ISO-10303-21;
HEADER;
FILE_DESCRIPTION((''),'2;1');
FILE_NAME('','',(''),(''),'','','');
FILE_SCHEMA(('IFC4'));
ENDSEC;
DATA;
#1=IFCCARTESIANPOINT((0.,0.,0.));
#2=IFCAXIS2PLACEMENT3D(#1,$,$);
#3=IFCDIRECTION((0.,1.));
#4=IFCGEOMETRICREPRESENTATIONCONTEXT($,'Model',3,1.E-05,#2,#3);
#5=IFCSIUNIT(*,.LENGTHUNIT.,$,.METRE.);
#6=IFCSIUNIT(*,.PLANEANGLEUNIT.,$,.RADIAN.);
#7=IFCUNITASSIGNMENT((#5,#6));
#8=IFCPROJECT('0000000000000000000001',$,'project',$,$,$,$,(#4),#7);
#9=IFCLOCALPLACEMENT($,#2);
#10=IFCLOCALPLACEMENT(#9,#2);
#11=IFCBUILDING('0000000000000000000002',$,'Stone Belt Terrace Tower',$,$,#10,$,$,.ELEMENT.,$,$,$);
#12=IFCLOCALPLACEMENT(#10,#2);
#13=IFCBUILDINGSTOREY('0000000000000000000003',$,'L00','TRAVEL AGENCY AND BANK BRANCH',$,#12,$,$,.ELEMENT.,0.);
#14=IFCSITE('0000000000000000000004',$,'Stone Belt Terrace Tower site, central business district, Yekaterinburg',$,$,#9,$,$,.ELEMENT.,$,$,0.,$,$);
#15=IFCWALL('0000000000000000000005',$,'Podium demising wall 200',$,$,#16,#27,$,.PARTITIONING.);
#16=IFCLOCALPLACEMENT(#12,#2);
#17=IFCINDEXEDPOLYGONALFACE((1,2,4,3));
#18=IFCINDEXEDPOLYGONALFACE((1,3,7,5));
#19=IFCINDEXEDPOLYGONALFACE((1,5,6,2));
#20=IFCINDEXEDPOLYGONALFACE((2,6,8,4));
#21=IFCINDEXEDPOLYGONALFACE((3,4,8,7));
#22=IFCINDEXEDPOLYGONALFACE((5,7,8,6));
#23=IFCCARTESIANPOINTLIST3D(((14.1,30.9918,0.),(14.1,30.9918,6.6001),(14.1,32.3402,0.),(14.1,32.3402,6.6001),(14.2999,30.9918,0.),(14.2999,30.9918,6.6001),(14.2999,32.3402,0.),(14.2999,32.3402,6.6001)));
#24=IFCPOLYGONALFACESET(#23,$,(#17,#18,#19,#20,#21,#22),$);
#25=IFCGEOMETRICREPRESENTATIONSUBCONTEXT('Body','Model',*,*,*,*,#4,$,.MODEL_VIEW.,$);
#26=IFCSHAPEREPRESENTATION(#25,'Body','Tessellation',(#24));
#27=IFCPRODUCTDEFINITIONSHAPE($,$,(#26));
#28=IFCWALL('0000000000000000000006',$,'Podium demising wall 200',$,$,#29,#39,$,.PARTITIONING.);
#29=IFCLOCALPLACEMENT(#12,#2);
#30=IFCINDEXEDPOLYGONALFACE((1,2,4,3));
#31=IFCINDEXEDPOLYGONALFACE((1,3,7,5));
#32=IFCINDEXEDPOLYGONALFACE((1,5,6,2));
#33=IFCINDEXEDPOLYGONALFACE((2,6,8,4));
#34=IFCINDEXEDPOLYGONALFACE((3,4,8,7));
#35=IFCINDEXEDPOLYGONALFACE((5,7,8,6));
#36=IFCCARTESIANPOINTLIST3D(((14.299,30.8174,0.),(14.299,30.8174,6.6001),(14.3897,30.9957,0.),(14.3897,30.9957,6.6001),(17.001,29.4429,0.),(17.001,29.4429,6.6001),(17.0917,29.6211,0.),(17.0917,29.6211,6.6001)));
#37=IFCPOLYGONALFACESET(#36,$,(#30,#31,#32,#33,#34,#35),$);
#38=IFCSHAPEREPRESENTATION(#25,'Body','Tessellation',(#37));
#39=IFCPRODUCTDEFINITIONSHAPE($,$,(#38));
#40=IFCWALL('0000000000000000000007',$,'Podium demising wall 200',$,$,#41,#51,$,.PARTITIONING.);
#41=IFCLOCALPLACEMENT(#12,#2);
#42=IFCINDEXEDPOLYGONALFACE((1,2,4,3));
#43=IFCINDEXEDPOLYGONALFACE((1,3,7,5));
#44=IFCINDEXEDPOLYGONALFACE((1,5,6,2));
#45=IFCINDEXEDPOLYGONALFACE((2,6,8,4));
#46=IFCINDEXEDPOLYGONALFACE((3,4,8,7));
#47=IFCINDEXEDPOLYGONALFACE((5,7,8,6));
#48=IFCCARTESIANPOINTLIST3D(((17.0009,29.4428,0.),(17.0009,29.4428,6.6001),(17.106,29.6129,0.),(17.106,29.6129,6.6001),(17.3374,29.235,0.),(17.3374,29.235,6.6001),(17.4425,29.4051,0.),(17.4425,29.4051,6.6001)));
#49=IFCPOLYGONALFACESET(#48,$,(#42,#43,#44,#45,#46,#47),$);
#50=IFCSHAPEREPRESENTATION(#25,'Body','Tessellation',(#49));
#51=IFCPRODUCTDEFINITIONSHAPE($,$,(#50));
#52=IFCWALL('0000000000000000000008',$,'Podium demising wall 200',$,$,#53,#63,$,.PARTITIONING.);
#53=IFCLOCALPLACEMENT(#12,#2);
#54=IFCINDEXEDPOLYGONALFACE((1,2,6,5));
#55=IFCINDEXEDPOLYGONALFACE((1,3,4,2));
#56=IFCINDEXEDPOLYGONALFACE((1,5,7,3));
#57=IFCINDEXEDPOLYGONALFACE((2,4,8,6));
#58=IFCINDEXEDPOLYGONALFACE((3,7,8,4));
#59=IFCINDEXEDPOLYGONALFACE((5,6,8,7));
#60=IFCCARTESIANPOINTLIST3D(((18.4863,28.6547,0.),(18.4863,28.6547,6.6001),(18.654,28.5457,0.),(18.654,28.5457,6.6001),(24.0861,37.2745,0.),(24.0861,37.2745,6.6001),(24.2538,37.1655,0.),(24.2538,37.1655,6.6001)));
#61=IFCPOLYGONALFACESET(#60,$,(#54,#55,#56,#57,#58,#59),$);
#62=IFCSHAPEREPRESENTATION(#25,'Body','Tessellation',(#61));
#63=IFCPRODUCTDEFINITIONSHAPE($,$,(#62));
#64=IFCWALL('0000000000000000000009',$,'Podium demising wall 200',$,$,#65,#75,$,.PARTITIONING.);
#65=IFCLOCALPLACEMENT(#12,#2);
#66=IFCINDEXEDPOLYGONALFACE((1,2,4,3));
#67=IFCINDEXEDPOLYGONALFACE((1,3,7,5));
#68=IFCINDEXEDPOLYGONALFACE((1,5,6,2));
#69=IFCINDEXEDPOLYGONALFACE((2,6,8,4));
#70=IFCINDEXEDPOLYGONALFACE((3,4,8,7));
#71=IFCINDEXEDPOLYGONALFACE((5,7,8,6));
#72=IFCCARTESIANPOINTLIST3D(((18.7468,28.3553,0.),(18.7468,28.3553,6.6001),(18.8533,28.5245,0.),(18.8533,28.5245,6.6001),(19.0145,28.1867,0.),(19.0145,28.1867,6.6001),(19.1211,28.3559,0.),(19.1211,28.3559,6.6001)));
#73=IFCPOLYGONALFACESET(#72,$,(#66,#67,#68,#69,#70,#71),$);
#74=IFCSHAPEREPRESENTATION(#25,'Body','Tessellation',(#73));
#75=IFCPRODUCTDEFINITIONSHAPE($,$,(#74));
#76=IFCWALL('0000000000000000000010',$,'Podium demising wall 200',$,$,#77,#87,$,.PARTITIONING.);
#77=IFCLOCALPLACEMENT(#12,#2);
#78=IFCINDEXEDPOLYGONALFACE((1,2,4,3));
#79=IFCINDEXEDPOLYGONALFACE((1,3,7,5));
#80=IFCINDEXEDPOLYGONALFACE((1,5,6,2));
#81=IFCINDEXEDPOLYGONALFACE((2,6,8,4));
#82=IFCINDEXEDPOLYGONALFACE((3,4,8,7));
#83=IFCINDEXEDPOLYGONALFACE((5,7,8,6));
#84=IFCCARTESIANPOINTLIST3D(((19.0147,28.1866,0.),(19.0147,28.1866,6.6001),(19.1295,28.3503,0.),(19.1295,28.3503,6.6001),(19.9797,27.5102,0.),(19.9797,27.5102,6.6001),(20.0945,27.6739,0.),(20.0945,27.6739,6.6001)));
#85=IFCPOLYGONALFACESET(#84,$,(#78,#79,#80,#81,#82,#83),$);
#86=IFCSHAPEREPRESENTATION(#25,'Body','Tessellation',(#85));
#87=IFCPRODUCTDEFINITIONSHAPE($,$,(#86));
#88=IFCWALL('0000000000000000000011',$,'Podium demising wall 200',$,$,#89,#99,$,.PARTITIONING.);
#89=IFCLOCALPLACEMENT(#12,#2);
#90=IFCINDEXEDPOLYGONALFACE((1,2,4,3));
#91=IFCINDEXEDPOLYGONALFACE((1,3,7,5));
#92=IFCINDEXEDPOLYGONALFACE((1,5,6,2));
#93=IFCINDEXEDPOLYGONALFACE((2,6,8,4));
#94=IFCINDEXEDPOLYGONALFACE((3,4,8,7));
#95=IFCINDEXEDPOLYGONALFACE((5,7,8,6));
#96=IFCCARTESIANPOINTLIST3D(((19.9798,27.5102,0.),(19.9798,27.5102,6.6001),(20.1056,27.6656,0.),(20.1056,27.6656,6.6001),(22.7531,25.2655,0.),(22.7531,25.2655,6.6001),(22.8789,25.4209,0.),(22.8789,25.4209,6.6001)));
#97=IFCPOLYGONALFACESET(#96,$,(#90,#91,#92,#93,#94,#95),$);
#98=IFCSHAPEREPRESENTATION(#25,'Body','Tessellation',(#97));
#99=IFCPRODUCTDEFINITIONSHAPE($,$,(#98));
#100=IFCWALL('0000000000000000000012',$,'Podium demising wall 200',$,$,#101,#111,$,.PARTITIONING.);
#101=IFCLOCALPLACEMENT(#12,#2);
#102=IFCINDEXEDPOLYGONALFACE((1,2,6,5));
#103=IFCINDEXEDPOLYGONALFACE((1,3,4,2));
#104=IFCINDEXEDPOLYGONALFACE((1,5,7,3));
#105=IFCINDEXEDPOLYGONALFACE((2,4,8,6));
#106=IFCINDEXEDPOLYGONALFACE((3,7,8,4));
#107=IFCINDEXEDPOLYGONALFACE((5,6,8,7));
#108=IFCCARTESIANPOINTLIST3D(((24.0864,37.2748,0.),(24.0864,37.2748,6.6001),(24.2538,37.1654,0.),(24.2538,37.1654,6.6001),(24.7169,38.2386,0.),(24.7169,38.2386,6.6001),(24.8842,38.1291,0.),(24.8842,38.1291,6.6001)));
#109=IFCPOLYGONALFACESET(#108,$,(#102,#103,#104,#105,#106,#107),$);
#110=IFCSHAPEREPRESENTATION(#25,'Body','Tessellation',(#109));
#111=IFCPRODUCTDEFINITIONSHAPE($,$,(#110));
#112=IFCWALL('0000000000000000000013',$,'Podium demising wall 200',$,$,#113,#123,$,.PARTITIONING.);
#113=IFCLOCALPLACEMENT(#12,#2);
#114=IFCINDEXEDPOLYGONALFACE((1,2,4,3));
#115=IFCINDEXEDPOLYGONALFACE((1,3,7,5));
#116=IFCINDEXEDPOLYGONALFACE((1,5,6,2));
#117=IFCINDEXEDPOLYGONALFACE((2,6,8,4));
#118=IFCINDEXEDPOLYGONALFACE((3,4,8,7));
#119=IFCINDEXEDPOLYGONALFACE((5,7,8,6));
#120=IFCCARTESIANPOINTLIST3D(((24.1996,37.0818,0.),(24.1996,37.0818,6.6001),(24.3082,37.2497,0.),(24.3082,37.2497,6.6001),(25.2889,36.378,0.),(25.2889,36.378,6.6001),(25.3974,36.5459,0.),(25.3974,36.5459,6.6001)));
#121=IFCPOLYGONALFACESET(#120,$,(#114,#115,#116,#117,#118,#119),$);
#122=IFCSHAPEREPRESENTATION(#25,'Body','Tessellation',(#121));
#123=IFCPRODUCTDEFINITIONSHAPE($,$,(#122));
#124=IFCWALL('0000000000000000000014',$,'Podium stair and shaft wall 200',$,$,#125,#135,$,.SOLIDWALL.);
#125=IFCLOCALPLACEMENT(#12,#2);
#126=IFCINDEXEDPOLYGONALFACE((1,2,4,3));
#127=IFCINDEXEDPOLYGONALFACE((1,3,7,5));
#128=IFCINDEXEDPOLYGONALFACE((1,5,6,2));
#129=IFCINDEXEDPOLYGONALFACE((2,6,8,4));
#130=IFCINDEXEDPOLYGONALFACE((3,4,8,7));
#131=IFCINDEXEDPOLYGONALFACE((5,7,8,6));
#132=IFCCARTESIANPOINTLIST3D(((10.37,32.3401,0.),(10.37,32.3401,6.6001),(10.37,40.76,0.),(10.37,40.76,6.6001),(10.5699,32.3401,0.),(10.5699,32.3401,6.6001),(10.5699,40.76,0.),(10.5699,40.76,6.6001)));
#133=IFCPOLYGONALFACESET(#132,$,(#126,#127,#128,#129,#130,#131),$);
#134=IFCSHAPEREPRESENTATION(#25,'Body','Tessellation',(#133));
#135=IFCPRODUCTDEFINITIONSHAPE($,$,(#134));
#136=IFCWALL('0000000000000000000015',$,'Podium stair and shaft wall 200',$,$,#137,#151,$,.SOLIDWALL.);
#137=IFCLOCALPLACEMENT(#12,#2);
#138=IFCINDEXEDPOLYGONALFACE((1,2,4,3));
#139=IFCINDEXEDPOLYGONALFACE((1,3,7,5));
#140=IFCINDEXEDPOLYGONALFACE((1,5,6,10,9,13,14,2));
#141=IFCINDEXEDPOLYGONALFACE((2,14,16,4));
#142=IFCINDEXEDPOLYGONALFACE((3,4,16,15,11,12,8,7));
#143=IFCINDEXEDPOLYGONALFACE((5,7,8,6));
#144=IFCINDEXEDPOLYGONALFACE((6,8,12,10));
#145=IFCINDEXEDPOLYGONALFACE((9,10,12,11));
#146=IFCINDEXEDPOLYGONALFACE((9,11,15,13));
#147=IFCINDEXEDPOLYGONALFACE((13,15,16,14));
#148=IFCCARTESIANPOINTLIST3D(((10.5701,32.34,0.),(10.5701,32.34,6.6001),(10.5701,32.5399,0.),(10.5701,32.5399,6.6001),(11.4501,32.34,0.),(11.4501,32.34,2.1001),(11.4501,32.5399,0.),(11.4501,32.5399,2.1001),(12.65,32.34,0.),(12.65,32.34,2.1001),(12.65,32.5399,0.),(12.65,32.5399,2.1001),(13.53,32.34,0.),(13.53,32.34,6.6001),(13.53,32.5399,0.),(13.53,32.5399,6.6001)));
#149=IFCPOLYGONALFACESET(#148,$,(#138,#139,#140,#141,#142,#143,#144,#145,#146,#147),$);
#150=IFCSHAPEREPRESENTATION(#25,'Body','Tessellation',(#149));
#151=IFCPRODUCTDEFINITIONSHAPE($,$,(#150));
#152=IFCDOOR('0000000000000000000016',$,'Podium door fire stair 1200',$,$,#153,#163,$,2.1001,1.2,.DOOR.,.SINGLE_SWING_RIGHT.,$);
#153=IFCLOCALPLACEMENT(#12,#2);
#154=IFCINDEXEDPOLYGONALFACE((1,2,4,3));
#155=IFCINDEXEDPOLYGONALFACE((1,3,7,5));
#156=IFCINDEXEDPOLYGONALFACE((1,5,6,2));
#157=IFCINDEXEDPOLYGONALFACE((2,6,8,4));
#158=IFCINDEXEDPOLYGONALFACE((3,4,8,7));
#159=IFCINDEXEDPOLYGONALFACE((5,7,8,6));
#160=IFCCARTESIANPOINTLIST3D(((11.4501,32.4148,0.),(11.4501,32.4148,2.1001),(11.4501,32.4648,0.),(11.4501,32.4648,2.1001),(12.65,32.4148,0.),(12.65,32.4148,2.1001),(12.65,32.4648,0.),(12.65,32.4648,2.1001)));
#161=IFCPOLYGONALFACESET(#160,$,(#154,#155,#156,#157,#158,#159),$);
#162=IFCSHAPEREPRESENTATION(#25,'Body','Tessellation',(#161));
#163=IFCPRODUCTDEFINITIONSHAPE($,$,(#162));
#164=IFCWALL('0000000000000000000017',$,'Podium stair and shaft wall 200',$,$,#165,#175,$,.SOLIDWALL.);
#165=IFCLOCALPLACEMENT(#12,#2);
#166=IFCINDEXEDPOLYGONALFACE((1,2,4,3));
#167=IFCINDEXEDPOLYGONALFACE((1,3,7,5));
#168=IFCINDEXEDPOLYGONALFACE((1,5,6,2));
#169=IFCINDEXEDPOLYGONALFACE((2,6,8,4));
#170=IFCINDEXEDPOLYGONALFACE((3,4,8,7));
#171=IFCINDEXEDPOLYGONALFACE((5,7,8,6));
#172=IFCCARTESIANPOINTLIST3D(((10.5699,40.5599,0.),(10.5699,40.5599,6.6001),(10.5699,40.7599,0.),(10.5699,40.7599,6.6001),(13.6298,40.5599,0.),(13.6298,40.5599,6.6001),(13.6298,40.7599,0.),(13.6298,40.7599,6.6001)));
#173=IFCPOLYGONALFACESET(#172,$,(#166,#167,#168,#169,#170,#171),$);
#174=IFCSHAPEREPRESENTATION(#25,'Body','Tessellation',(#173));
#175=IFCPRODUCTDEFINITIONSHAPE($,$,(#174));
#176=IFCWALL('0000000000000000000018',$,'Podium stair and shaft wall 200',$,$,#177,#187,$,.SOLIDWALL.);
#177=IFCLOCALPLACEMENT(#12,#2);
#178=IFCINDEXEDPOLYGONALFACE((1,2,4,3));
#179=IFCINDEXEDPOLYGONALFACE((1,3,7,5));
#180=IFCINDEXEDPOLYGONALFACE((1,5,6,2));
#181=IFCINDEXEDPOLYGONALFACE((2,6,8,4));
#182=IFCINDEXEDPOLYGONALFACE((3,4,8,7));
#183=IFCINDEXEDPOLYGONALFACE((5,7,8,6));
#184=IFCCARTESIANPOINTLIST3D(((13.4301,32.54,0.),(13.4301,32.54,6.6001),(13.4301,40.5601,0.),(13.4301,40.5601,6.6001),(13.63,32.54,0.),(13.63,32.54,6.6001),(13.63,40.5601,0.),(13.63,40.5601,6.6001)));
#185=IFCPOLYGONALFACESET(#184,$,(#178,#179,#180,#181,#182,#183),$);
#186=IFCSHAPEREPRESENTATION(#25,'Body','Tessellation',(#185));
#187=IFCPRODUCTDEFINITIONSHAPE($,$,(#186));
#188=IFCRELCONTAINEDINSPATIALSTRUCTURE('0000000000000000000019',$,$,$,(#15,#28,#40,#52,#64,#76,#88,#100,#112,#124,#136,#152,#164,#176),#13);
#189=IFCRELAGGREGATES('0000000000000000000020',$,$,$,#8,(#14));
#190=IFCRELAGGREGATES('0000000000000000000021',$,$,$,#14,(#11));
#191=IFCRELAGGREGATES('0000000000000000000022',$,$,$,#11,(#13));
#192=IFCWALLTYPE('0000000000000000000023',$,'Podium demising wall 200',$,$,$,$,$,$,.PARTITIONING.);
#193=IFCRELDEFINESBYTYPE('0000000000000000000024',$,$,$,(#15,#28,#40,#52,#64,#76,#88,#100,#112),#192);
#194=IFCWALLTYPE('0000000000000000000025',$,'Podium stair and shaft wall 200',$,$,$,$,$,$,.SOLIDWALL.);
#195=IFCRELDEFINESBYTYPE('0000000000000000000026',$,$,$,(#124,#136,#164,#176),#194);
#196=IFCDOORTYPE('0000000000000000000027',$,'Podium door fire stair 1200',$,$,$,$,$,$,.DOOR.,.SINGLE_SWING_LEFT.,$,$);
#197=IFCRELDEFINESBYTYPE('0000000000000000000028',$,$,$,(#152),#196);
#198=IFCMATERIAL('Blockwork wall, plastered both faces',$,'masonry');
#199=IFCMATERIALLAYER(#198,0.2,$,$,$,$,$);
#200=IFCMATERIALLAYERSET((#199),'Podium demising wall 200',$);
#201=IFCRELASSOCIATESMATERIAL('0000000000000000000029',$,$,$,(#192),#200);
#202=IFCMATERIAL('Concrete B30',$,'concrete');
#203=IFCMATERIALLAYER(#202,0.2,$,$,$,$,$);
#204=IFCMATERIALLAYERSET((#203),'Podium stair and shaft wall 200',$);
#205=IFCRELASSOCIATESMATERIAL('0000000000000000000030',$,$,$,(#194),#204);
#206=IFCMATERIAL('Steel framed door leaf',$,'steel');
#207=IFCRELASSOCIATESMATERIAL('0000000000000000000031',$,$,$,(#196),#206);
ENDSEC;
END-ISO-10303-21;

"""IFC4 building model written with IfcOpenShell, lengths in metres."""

from ifc_helpers import new_model, si_unit, direction, frame, frame_2d, origin, place, context, subcontext, project, spatial, rectangle, extrude, material, layer, layer_set, type_object, element, fill, save


model = new_model("IFC4")

# Units and contexts
model_context = context("Model", 3, precision=1e-05, world=origin(), true_north=direction((0.0, 1.0)))
body_context = subcontext(model_context, "Body", "Model", "MODEL_VIEW")
ifc_project = project(units=[si_unit("LENGTHUNIT", "METRE"), si_unit("PLANEANGLEUNIT", "RADIAN")], contexts=[model_context])

# Site, building, storey
site_placement = place(None, origin())
site = spatial("IfcSite", under=ifc_project, at=site_placement, Name="Stone Belt Terrace Tower site, central business district, Yekaterinburg", CompositionType="ELEMENT", RefElevation=0.0)
building_placement = place(site_placement, origin())
building = spatial("IfcBuilding", under=site, at=building_placement, Name="Stone Belt Terrace Tower", CompositionType="ELEMENT")
storey_placement = place(building_placement, origin())
storey = spatial("IfcBuildingStorey", under=building, at=storey_placement, Name="L00", Description="TRAVEL AGENCY AND BANK BRANCH", CompositionType="ELEMENT", Elevation=0.0)

# Shared definitions
ifc_material_1 = material(Name="Blockwork wall, plastered both faces", Category="masonry")
ifc_layer_1 = layer(ifc_material_1, 0.2)
ifc_layer_set_1 = layer_set([ifc_layer_1], Name="Podium demising wall 200")
wall_type_1 = type_object("IfcWallType", Name="Podium demising wall 200", PredefinedType="PARTITIONING", material=ifc_layer_set_1)

# Walls
wall_1_placement = place(storey_placement, frame((14.2, 30.9917, 0.0), z_axis=(0.0, 0.0, 1.0), x_axis=(0.0, 1.0, 0.0)))
element("IfcWall", 1, at=wall_1_placement, inside=storey, type_object=wall_type_1, Name="Podium demising wall 200", PredefinedType="PARTITIONING", context=body_context, shape_type="SweptSolid", body=[
    extrude(rectangle(XDim=1.3484, YDim=0.2, at=frame_2d((0.6743, 0.0))), origin(), (0.0, 0.0, 1.0), 6.6001),
])
wall_2_placement = place(storey_placement, frame((14.3445, 30.9065, 0.0), z_axis=(0.0, 0.0, 1.0), x_axis=(0.891297, -0.45342, 0.0)))
element("IfcWall", 2, at=wall_2_placement, inside=storey, type_object=wall_type_1, Name="Podium demising wall 200", PredefinedType="PARTITIONING", context=body_context, shape_type="SweptSolid", body=[
    extrude(rectangle(XDim=3.0315, YDim=0.2, at=frame_2d((1.5156, 0.0))), origin(), (0.0, 0.0, 1.0), 6.6001),
])
wall_3_placement = place(storey_placement, frame((17.0535, 29.5278, 0.0), z_axis=(0.0, 0.0, 1.0), x_axis=(0.85083, -0.52544, 0.0)))
element("IfcWall", 3, at=wall_3_placement, inside=storey, type_object=wall_type_1, Name="Podium demising wall 200", PredefinedType="PARTITIONING", context=body_context, shape_type="SweptSolid", body=[
    extrude(rectangle(XDim=0.3955, YDim=0.2, at=frame_2d((0.1978, 0.0))), origin(), (0.0, 0.0, 1.0), 6.6001),
])
wall_4_placement = place(storey_placement, frame((18.5701, 28.6001, 0.0), z_axis=(0.0, 0.0, 1.0), x_axis=(0.544779, 0.83858, 0.0)))
element("IfcWall", 4, at=wall_4_placement, inside=storey, type_object=wall_type_1, Name="Podium demising wall 200", PredefinedType="PARTITIONING", context=body_context, shape_type="SweptSolid", body=[
    extrude(rectangle(XDim=10.2791, YDim=0.2, at=frame_2d((5.1396, 0.0))), origin(), (0.0, 0.0, 1.0), 6.6001),
])
wall_5_placement = place(storey_placement, frame((18.8, 28.4399, 0.0), z_axis=(0.0, 0.0, 1.0), x_axis=(0.84613, -0.532977, 0.0)))
element("IfcWall", 5, at=wall_5_placement, inside=storey, type_object=wall_type_1, Name="Podium demising wall 200", PredefinedType="PARTITIONING", context=body_context, shape_type="SweptSolid", body=[
    extrude(rectangle(XDim=0.3164, YDim=0.2, at=frame_2d((0.1582, 0.0))), origin(), (0.0, 0.0, 1.0), 6.6001),
])
wall_6_placement = place(storey_placement, frame((19.072, 28.2686, 0.0), z_axis=(0.0, 0.0, 1.0), x_axis=(0.818852, -0.574004, 0.0)))
element("IfcWall", 6, at=wall_6_placement, inside=storey, type_object=wall_type_1, Name="Podium demising wall 200", PredefinedType="PARTITIONING", context=body_context, shape_type="SweptSolid", body=[
    extrude(rectangle(XDim=1.1785, YDim=0.2, at=frame_2d((0.5894, 0.0))), origin(), (0.0, 0.0, 1.0), 6.6001),
])
wall_7_placement = place(storey_placement, frame((20.0427, 27.5879, 0.0), z_axis=(0.0, 0.0, 1.0), x_axis=(0.777291, -0.629141, 0.0)))
element("IfcWall", 7, at=wall_7_placement, inside=storey, type_object=wall_type_1, Name="Podium demising wall 200", PredefinedType="PARTITIONING", context=body_context, shape_type="SweptSolid", body=[
    extrude(rectangle(XDim=3.5679, YDim=0.2, at=frame_2d((1.7839, 0.0))), origin(), (0.0, 0.0, 1.0), 6.6001),
])
wall_8_placement = place(storey_placement, frame((24.1702, 37.2202, 0.0), z_axis=(0.0, 0.0, 1.0), x_axis=(0.547438, 0.836846, 0.0)))
element("IfcWall", 8, at=wall_8_placement, inside=storey, type_object=wall_type_1, Name="Podium demising wall 200", PredefinedType="PARTITIONING", context=body_context, shape_type="SweptSolid", body=[
    extrude(rectangle(XDim=1.1516, YDim=0.2, at=frame_2d((0.5757, 0.0))), origin(), (0.0, 0.0, 1.0), 6.6001),
])
wall_9_placement = place(storey_placement, frame((24.2539, 37.1658, 0.0), z_axis=(0.0, 0.0, 1.0), x_axis=(0.839929, -0.542697, 0.0)))
element("IfcWall", 9, at=wall_9_placement, inside=storey, type_object=wall_type_1, Name="Podium demising wall 200", PredefinedType="PARTITIONING", context=body_context, shape_type="SweptSolid", body=[
    extrude(rectangle(XDim=1.2969, YDim=0.2, at=frame_2d((0.6484, 0.0))), origin(), (0.0, 0.0, 1.0), 6.6001),
])
ifc_material_2 = material(Name="Concrete B30", Category="concrete")
ifc_layer_2 = layer(ifc_material_2, 0.2)
ifc_layer_set_2 = layer_set([ifc_layer_2], Name="Podium stair and shaft wall 200")
wall_type_2 = type_object("IfcWallType", Name="Podium stair and shaft wall 200", PredefinedType="SOLIDWALL", material=ifc_layer_set_2)
wall_10_placement = place(storey_placement, frame((10.47, 32.3401, 0.0), z_axis=(0.0, 0.0, 1.0), x_axis=(0.0, 1.0, 0.0)))
element("IfcWall", 10, at=wall_10_placement, inside=storey, type_object=wall_type_2, Name="Podium stair and shaft wall 200", PredefinedType="SOLIDWALL", context=body_context, shape_type="SweptSolid", body=[
    extrude(rectangle(XDim=8.4199, YDim=0.2, at=frame_2d((4.21, 0.0))), origin(), (0.0, 0.0, 1.0), 6.6001),
])

# Wall, opening, door
wall_11_placement = place(storey_placement, frame((10.5701, 32.4399, 0.0), z_axis=(0.0, 0.0, 1.0), x_axis=(1.0, 0.0, 0.0)))
wall_11 = element("IfcWall", 11, at=wall_11_placement, inside=storey, type_object=wall_type_2, Name="Podium stair and shaft wall 200", PredefinedType="SOLIDWALL", context=body_context, shape_type="SweptSolid", body=[
    extrude(rectangle(XDim=2.96, YDim=0.2, at=frame_2d((1.48, 0.0))), origin(), (0.0, 0.0, 1.0), 6.6001),
])
opening_1_placement = place(wall_11_placement, frame((0.8799, 0.0, 0.0)))
opening_1 = element("IfcOpeningElement", 12, at=opening_1_placement, cuts=wall_11, PredefinedType="OPENING", context=body_context, shape_type="SweptSolid", body=[
    extrude(rectangle(XDim=1.2, YDim=2.1001, at=frame_2d((0.6001, 1.05))), frame((0.0, 0.1099, 0.0), z_axis=(0.0, -1.0, 0.0), x_axis=(1.0, 0.0, 0.0)), (0.0, 0.0, 1.0), 0.22),
])
ifc_material_3 = material(Name="Steel framed door leaf", Category="steel")
door_type_1 = type_object("IfcDoorType", Name="Podium door fire stair 1200", OperationType="SINGLE_SWING_LEFT", PredefinedType="DOOR", material=ifc_material_3)
door_1_placement = place(opening_1_placement, origin())
door_1 = element("IfcDoor", 13, at=door_1_placement, inside=storey, type_object=door_type_1, Name="Podium door fire stair 1200", OperationType="SINGLE_SWING_RIGHT", OverallHeight=2.1001, OverallWidth=1.2, PredefinedType="DOOR", context=body_context, shape_type="SweptSolid", body=[
    extrude(rectangle(XDim=1.2, YDim=2.1001, at=frame_2d((0.6001, 1.05))), frame((0.0, 0.0249, 0.0), z_axis=(0.0, -1.0, 0.0), x_axis=(1.0, 0.0, 0.0)), (0.0, 0.0, 1.0), 0.05),
])
fill(opening_1, door_1)

# Walls
wall_12_placement = place(storey_placement, frame((10.5701, 40.6599, 0.0), z_axis=(0.0, 0.0, 1.0), x_axis=(1.0, 0.0, 0.0)))
element("IfcWall", 14, at=wall_12_placement, inside=storey, type_object=wall_type_2, Name="Podium stair and shaft wall 200", PredefinedType="SOLIDWALL", context=body_context, shape_type="SweptSolid", body=[
    extrude(rectangle(XDim=3.0598, YDim=0.2, at=frame_2d((1.5298, 0.0))), origin(), (0.0, 0.0, 1.0), 6.6001),
])
wall_13_placement = place(storey_placement, frame((13.53, 32.54, 0.0), z_axis=(0.0, 0.0, 1.0), x_axis=(0.0, 1.0, 0.0)))
element("IfcWall", 15, at=wall_13_placement, inside=storey, type_object=wall_type_2, Name="Podium stair and shaft wall 200", PredefinedType="SOLIDWALL", context=body_context, shape_type="SweptSolid", body=[
    extrude(rectangle(XDim=8.02, YDim=0.2, at=frame_2d((4.01, 0.0))), origin(), (0.0, 0.0, 1.0), 6.6001),
])

save(model, "model.ifc")
